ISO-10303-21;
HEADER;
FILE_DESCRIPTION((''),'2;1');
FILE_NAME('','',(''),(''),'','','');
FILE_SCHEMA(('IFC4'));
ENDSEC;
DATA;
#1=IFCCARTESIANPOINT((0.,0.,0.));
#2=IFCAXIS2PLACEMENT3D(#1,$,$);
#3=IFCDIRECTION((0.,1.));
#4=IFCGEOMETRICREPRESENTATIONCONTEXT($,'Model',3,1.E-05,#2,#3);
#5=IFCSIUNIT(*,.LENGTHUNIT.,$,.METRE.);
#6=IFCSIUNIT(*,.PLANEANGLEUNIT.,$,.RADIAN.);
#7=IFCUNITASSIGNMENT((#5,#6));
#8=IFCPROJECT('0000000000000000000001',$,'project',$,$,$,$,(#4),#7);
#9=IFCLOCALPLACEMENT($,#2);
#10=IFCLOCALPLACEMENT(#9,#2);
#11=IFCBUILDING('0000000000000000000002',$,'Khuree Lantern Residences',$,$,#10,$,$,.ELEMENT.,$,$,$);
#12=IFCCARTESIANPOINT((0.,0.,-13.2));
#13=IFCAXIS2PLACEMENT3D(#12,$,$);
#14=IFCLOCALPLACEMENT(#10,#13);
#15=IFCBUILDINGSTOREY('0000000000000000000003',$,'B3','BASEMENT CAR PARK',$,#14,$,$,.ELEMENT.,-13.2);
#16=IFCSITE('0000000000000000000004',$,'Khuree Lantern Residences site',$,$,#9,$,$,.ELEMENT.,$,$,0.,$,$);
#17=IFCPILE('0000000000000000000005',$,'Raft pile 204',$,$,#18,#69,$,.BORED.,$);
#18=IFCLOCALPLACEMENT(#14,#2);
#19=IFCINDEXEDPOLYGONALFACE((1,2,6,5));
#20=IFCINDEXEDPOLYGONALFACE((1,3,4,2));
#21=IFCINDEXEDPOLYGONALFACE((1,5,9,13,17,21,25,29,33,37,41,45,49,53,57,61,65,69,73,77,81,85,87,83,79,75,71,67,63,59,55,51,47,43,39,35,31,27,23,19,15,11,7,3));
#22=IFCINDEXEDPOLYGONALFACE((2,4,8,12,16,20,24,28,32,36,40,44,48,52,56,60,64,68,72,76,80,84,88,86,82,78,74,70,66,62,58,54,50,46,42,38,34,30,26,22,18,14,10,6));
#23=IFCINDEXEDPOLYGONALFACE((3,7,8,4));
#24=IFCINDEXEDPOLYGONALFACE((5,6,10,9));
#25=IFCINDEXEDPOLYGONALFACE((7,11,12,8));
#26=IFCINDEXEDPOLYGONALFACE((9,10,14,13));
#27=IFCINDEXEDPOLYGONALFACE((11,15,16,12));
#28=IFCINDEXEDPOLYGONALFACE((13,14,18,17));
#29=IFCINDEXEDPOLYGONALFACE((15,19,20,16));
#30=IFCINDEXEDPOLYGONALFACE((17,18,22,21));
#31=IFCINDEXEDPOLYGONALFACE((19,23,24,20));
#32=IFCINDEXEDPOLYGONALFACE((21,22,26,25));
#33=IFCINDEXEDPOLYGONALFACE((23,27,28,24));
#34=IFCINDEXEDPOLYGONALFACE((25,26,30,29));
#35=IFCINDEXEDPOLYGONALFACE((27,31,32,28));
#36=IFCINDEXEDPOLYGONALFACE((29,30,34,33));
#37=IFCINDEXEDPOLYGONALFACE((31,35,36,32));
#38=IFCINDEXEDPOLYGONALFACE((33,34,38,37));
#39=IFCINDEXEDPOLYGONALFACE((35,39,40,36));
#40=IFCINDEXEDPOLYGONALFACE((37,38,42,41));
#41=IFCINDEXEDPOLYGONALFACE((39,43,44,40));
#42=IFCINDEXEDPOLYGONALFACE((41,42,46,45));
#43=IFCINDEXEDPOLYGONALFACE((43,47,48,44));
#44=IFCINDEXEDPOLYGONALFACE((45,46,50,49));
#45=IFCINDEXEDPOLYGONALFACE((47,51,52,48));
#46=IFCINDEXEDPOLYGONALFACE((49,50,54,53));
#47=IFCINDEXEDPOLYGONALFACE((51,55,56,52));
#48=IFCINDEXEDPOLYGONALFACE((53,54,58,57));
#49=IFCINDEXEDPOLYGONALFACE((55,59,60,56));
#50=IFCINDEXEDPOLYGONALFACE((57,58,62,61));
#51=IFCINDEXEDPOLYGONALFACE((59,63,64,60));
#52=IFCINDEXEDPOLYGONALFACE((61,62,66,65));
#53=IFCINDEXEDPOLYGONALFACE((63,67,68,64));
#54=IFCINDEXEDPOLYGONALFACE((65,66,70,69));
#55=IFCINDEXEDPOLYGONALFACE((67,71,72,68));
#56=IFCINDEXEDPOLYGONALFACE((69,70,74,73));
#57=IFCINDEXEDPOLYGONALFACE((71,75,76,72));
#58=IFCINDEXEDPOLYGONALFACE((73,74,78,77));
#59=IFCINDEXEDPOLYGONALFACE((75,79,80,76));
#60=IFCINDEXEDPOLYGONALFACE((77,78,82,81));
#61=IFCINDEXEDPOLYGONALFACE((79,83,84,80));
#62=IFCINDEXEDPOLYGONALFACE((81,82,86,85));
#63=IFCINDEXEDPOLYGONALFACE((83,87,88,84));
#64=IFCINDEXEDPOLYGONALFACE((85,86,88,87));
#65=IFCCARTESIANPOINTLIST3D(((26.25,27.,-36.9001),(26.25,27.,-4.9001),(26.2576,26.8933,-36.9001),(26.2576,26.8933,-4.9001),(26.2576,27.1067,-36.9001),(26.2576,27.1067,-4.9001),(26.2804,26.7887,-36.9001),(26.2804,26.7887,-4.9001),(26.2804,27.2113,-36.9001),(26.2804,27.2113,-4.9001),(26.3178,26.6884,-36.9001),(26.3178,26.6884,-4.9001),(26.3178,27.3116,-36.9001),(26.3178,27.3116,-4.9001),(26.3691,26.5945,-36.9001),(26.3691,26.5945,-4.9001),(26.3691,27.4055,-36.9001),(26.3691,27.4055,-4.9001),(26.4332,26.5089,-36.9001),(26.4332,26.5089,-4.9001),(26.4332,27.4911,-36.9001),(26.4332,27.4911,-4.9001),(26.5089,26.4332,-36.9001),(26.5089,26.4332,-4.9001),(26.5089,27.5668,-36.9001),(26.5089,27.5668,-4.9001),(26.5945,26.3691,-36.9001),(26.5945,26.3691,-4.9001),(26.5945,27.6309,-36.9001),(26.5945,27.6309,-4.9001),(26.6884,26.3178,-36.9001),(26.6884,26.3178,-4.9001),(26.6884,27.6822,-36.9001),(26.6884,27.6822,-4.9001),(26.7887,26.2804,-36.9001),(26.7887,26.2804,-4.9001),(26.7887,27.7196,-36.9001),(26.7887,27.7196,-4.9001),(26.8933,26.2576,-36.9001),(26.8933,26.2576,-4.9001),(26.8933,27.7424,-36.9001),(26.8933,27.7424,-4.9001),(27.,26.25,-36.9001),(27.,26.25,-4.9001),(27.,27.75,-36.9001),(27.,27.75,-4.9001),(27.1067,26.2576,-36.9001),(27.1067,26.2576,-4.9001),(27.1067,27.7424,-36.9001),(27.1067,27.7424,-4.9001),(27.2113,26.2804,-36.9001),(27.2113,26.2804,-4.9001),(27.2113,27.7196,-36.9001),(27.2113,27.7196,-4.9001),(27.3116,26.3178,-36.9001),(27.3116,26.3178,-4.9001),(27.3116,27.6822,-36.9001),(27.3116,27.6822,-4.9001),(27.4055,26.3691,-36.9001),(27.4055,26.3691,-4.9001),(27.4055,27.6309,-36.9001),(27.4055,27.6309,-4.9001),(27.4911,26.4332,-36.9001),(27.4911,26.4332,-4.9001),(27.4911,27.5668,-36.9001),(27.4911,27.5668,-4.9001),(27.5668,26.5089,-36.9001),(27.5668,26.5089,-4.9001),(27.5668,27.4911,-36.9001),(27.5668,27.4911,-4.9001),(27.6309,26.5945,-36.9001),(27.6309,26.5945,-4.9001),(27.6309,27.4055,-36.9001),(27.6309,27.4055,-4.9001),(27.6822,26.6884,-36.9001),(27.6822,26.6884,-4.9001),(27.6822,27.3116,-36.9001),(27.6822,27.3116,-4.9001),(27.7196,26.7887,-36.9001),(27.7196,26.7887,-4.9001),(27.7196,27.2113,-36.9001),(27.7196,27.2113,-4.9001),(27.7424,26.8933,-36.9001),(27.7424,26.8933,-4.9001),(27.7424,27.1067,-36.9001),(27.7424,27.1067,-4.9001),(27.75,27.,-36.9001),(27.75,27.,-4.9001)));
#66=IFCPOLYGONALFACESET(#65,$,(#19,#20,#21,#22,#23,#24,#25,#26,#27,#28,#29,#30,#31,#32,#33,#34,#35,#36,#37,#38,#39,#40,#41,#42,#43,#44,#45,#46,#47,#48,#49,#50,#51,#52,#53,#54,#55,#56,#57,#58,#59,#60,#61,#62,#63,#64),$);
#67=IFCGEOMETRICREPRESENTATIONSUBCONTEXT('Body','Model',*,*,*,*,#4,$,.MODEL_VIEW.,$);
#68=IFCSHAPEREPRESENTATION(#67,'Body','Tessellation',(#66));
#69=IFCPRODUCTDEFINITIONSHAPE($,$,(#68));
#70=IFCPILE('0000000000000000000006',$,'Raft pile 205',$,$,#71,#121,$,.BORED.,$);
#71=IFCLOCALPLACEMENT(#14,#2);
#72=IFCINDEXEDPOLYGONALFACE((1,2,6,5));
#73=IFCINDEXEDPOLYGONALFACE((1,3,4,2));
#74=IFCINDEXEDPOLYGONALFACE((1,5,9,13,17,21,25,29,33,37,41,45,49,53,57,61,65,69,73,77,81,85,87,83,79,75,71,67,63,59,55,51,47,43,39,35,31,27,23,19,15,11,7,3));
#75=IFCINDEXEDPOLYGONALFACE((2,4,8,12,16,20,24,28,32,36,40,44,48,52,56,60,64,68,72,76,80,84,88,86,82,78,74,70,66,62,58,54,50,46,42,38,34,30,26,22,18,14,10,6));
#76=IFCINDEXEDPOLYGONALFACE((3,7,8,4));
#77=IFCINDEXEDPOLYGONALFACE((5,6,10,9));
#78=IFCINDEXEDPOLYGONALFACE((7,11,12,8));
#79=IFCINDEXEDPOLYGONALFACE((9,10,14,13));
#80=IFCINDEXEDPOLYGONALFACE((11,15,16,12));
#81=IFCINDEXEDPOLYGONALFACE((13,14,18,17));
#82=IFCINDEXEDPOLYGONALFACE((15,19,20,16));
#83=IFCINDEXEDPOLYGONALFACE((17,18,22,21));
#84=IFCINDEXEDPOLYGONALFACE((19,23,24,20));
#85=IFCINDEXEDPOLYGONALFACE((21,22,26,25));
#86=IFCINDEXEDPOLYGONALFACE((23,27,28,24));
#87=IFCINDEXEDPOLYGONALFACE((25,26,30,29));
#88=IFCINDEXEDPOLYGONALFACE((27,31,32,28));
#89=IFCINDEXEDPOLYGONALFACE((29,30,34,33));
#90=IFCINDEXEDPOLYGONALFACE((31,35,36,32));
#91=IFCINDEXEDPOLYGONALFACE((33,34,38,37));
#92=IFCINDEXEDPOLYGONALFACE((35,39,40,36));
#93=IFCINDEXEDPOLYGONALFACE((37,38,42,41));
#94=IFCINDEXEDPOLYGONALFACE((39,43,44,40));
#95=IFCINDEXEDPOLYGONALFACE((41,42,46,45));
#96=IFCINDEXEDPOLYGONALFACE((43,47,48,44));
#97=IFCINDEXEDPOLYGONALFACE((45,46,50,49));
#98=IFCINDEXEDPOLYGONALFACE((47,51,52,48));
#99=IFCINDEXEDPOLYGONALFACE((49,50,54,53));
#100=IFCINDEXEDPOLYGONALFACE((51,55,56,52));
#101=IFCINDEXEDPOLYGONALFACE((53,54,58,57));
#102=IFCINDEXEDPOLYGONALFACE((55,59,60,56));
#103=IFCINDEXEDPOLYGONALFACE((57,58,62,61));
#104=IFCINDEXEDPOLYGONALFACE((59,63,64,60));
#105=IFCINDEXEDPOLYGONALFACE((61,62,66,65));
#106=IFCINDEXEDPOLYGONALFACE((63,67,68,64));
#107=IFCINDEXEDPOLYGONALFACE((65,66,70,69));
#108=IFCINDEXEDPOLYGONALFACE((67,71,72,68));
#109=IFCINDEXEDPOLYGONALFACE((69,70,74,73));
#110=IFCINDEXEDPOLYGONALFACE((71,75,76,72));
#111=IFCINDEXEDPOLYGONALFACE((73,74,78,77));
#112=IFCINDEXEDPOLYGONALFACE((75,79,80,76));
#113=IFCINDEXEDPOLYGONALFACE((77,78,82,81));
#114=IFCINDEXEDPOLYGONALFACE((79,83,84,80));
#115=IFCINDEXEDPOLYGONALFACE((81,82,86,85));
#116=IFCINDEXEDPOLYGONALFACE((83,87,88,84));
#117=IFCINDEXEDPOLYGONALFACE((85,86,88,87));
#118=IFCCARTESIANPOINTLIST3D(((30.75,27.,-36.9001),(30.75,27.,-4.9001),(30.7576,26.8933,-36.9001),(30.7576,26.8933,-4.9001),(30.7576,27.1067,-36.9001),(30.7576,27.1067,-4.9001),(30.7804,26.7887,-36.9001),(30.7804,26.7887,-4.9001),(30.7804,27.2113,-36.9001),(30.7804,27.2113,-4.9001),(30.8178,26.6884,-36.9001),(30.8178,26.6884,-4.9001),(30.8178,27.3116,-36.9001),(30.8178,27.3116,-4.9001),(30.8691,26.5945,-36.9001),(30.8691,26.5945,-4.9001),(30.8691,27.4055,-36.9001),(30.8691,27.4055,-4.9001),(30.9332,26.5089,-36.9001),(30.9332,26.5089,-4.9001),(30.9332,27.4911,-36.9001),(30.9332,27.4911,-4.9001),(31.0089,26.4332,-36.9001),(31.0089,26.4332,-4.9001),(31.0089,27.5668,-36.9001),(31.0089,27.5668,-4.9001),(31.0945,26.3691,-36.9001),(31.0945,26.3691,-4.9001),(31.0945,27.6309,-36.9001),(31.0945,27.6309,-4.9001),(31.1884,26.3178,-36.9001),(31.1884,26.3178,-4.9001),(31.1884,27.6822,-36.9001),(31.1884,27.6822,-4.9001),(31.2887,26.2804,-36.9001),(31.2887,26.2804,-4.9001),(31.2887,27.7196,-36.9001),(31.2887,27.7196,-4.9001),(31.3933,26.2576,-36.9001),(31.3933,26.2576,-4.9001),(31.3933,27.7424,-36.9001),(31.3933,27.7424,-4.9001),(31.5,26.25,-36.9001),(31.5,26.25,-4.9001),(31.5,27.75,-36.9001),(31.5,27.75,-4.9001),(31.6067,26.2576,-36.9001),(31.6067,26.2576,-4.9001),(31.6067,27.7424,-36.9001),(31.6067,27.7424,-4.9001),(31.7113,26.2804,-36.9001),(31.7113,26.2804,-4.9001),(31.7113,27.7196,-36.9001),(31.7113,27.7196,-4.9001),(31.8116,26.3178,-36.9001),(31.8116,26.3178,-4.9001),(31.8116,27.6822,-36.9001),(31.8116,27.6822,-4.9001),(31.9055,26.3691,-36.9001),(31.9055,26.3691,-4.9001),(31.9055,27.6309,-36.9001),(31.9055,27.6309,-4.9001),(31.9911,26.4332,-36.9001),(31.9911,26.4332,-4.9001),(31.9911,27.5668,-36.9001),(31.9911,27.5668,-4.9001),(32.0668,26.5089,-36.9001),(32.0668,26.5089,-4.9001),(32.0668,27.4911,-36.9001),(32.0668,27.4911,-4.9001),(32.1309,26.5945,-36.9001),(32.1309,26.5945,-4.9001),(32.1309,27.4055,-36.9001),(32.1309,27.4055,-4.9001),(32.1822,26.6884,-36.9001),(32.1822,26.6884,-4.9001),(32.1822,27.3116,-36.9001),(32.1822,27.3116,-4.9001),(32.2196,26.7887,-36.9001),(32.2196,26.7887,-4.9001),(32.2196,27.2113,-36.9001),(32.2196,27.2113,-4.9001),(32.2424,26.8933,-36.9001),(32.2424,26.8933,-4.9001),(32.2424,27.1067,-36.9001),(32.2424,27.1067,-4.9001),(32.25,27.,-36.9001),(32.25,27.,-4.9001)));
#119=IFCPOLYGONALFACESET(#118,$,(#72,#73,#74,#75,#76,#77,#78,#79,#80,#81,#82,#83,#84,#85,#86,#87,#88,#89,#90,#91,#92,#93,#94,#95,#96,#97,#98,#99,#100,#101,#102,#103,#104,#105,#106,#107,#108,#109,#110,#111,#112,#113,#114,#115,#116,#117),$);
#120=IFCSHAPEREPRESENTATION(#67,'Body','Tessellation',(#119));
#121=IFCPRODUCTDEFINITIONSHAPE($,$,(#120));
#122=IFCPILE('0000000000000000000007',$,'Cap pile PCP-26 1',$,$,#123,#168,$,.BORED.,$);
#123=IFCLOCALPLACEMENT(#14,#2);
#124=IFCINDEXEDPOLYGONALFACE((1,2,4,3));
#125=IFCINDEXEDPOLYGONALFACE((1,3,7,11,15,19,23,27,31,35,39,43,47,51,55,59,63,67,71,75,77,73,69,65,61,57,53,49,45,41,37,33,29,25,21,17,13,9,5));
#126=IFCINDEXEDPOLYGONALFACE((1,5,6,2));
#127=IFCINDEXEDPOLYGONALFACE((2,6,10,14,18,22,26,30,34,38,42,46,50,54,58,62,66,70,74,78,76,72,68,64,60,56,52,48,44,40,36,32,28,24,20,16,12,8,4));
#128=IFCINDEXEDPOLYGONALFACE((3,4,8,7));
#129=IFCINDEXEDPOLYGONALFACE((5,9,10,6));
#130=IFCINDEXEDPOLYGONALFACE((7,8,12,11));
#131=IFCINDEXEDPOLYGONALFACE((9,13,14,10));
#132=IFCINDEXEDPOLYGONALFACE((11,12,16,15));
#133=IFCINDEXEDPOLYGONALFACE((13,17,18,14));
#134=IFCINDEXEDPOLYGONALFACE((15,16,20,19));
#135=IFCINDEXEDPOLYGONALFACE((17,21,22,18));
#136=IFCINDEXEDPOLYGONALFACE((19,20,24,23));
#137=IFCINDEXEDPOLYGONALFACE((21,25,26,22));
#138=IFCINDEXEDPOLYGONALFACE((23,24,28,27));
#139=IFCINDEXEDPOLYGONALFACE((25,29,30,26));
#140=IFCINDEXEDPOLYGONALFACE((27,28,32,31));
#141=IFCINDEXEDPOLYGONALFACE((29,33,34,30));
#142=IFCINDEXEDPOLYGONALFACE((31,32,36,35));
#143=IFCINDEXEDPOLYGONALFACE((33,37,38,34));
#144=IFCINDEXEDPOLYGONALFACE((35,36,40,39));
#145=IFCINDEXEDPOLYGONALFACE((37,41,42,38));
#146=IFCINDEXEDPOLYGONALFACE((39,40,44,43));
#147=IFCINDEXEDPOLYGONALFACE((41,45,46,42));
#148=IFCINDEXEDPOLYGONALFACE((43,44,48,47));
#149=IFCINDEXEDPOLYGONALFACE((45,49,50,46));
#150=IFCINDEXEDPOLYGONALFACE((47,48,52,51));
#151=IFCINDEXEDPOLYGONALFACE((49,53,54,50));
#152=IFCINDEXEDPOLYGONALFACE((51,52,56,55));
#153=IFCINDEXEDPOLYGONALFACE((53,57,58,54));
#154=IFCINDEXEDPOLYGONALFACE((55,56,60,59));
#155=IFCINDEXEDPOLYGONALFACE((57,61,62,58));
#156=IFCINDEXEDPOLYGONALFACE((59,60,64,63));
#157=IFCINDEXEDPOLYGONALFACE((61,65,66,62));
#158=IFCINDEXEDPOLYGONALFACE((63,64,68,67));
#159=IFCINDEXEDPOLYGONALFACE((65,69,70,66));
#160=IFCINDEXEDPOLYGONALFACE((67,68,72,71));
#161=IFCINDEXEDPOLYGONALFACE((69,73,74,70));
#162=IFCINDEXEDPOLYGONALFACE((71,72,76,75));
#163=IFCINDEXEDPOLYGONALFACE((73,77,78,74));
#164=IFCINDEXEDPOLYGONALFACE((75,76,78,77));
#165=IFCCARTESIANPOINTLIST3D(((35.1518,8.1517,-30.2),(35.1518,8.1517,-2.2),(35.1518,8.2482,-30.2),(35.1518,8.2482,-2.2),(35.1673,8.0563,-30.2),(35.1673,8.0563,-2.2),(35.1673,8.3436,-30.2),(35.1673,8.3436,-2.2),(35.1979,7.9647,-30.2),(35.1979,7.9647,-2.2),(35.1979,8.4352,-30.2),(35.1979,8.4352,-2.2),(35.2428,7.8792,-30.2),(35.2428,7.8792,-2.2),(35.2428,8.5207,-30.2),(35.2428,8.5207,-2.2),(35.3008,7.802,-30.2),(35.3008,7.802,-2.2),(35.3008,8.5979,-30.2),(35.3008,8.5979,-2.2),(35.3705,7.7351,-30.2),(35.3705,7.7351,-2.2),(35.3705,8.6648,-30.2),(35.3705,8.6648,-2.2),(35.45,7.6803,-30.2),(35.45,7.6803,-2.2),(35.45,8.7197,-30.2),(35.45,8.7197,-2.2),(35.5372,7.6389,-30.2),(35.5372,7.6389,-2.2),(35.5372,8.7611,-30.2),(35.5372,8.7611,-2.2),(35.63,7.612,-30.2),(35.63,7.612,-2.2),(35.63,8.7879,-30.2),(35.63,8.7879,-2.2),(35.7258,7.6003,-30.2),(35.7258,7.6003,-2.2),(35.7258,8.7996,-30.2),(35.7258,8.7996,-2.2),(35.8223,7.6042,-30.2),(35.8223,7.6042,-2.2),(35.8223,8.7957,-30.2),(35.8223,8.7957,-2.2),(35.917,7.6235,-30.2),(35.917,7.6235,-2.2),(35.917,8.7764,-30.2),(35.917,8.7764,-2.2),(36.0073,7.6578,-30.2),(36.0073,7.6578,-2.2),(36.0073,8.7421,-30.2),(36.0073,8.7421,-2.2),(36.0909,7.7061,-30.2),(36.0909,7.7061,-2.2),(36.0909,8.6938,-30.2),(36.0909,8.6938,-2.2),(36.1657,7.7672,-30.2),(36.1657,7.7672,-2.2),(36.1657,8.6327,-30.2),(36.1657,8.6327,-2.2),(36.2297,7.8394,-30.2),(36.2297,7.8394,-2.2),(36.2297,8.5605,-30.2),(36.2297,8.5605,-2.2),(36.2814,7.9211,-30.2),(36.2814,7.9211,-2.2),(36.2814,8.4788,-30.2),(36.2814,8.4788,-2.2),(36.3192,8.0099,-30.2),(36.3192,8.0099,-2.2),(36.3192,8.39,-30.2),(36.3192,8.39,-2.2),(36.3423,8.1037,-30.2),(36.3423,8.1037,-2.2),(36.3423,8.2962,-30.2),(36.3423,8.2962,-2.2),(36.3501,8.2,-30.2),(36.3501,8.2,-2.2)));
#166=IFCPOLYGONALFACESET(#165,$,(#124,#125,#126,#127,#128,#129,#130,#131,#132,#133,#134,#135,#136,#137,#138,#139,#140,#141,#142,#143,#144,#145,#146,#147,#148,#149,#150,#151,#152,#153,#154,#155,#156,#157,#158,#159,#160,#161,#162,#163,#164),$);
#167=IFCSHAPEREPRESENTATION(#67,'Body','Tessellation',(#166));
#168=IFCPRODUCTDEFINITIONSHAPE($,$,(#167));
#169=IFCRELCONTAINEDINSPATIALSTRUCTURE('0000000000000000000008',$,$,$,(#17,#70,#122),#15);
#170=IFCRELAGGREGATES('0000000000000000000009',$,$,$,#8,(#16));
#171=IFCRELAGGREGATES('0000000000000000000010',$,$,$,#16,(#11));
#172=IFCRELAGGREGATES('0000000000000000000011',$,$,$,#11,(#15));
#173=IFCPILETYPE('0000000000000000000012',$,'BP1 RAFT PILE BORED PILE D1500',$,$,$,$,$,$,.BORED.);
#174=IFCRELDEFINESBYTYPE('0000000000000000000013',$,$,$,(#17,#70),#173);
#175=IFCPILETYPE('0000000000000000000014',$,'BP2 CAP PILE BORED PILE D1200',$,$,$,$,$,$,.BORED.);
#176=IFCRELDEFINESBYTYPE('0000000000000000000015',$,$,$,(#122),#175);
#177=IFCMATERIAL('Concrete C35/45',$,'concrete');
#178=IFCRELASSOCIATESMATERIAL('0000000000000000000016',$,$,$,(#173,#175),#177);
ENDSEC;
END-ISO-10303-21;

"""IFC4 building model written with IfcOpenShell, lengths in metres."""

from ifc_helpers import new_model, si_unit, direction, frame, origin, origin_2d, place, context, subcontext, project, spatial, circle, extrude, material, material_profile, profile_set, type_object, element, save


model = new_model("IFC4")

# Units and contexts
model_context = context("Model", 3, precision=1e-05, world=origin(), true_north=direction((0.0, 1.0)))
body_context = subcontext(model_context, "Body", "Model", "MODEL_VIEW")
ifc_project = project(units=[si_unit("LENGTHUNIT", "METRE"), si_unit("PLANEANGLEUNIT", "RADIAN")], contexts=[model_context])

# Site, building, storey
site_placement = place(None, origin())
site = spatial("IfcSite", under=ifc_project, at=site_placement, Name="Khuree Lantern Residences site", CompositionType="ELEMENT", RefElevation=0.0)
building_placement = place(site_placement, origin())
building = spatial("IfcBuilding", under=site, at=building_placement, Name="Khuree Lantern Residences", CompositionType="ELEMENT")
storey_placement = place(building_placement, frame((0.0, 0.0, -13.2)))
storey = spatial("IfcBuildingStorey", under=building, at=storey_placement, Name="B3", Description="BASEMENT CAR PARK", CompositionType="ELEMENT", Elevation=-13.2)

# Piles
ifc_material_1 = material(Name="Concrete C35/45", Category="concrete")
ifc_material_profile_1 = material_profile(ifc_material_1, circle(Radius=0.75, at=origin_2d()), Name="BORED PILE D1500")
ifc_profile_set_1 = profile_set([ifc_material_profile_1], Name="Concrete C35/45")
pile_type_1 = type_object("IfcPileType", Name="BP1 RAFT PILE BORED PILE D1500", PredefinedType="BORED", material=ifc_profile_set_1)
for number, where, z_axis, x_axis, name in (
    (1, (27.0, 27.0, -4.9001), (0.0, 0.0, -1.0), (1.0, 0.0, 0.0), "Raft pile 204"),
    (2, (31.5, 27.0, -4.9001), (0.0, 0.0, -1.0), (1.0, 0.0, 0.0), "Raft pile 205"),
):
    element("IfcPile", number, at=place(storey_placement, frame(where, z_axis=z_axis, x_axis=x_axis)), inside=storey, type_object=pile_type_1, Name=name, PredefinedType="BORED", context=body_context, shape_type="SweptSolid", body=[
        extrude(circle(Radius=0.75, at=origin_2d()), origin(), (0.0, 0.0, 1.0), 32.0),
    ])
ifc_material_profile_2 = material_profile(ifc_material_1, circle(Radius=0.6001, at=origin_2d()), Name="BORED PILE D1200")
ifc_profile_set_2 = profile_set([ifc_material_profile_2], Name="Concrete C35/45")
pile_type_2 = type_object("IfcPileType", Name="BP2 CAP PILE BORED PILE D1200", PredefinedType="BORED", material=ifc_profile_set_2)
for number, where, z_axis, x_axis, name in (
    (3, (35.75, 8.2, -2.2), (0.0, 0.0, -1.0), (1.0, 0.0, 0.0), "Cap pile PCP-26 1"),
):
    element("IfcPile", number, at=place(storey_placement, frame(where, z_axis=z_axis, x_axis=x_axis)), inside=storey, type_object=pile_type_2, Name=name, PredefinedType="BORED", context=body_context, shape_type="SweptSolid", body=[
        extrude(circle(Radius=0.6001, at=origin_2d()), origin(), (0.0, 0.0, 1.0), 28.0),
    ])

save(model, "model.ifc")
